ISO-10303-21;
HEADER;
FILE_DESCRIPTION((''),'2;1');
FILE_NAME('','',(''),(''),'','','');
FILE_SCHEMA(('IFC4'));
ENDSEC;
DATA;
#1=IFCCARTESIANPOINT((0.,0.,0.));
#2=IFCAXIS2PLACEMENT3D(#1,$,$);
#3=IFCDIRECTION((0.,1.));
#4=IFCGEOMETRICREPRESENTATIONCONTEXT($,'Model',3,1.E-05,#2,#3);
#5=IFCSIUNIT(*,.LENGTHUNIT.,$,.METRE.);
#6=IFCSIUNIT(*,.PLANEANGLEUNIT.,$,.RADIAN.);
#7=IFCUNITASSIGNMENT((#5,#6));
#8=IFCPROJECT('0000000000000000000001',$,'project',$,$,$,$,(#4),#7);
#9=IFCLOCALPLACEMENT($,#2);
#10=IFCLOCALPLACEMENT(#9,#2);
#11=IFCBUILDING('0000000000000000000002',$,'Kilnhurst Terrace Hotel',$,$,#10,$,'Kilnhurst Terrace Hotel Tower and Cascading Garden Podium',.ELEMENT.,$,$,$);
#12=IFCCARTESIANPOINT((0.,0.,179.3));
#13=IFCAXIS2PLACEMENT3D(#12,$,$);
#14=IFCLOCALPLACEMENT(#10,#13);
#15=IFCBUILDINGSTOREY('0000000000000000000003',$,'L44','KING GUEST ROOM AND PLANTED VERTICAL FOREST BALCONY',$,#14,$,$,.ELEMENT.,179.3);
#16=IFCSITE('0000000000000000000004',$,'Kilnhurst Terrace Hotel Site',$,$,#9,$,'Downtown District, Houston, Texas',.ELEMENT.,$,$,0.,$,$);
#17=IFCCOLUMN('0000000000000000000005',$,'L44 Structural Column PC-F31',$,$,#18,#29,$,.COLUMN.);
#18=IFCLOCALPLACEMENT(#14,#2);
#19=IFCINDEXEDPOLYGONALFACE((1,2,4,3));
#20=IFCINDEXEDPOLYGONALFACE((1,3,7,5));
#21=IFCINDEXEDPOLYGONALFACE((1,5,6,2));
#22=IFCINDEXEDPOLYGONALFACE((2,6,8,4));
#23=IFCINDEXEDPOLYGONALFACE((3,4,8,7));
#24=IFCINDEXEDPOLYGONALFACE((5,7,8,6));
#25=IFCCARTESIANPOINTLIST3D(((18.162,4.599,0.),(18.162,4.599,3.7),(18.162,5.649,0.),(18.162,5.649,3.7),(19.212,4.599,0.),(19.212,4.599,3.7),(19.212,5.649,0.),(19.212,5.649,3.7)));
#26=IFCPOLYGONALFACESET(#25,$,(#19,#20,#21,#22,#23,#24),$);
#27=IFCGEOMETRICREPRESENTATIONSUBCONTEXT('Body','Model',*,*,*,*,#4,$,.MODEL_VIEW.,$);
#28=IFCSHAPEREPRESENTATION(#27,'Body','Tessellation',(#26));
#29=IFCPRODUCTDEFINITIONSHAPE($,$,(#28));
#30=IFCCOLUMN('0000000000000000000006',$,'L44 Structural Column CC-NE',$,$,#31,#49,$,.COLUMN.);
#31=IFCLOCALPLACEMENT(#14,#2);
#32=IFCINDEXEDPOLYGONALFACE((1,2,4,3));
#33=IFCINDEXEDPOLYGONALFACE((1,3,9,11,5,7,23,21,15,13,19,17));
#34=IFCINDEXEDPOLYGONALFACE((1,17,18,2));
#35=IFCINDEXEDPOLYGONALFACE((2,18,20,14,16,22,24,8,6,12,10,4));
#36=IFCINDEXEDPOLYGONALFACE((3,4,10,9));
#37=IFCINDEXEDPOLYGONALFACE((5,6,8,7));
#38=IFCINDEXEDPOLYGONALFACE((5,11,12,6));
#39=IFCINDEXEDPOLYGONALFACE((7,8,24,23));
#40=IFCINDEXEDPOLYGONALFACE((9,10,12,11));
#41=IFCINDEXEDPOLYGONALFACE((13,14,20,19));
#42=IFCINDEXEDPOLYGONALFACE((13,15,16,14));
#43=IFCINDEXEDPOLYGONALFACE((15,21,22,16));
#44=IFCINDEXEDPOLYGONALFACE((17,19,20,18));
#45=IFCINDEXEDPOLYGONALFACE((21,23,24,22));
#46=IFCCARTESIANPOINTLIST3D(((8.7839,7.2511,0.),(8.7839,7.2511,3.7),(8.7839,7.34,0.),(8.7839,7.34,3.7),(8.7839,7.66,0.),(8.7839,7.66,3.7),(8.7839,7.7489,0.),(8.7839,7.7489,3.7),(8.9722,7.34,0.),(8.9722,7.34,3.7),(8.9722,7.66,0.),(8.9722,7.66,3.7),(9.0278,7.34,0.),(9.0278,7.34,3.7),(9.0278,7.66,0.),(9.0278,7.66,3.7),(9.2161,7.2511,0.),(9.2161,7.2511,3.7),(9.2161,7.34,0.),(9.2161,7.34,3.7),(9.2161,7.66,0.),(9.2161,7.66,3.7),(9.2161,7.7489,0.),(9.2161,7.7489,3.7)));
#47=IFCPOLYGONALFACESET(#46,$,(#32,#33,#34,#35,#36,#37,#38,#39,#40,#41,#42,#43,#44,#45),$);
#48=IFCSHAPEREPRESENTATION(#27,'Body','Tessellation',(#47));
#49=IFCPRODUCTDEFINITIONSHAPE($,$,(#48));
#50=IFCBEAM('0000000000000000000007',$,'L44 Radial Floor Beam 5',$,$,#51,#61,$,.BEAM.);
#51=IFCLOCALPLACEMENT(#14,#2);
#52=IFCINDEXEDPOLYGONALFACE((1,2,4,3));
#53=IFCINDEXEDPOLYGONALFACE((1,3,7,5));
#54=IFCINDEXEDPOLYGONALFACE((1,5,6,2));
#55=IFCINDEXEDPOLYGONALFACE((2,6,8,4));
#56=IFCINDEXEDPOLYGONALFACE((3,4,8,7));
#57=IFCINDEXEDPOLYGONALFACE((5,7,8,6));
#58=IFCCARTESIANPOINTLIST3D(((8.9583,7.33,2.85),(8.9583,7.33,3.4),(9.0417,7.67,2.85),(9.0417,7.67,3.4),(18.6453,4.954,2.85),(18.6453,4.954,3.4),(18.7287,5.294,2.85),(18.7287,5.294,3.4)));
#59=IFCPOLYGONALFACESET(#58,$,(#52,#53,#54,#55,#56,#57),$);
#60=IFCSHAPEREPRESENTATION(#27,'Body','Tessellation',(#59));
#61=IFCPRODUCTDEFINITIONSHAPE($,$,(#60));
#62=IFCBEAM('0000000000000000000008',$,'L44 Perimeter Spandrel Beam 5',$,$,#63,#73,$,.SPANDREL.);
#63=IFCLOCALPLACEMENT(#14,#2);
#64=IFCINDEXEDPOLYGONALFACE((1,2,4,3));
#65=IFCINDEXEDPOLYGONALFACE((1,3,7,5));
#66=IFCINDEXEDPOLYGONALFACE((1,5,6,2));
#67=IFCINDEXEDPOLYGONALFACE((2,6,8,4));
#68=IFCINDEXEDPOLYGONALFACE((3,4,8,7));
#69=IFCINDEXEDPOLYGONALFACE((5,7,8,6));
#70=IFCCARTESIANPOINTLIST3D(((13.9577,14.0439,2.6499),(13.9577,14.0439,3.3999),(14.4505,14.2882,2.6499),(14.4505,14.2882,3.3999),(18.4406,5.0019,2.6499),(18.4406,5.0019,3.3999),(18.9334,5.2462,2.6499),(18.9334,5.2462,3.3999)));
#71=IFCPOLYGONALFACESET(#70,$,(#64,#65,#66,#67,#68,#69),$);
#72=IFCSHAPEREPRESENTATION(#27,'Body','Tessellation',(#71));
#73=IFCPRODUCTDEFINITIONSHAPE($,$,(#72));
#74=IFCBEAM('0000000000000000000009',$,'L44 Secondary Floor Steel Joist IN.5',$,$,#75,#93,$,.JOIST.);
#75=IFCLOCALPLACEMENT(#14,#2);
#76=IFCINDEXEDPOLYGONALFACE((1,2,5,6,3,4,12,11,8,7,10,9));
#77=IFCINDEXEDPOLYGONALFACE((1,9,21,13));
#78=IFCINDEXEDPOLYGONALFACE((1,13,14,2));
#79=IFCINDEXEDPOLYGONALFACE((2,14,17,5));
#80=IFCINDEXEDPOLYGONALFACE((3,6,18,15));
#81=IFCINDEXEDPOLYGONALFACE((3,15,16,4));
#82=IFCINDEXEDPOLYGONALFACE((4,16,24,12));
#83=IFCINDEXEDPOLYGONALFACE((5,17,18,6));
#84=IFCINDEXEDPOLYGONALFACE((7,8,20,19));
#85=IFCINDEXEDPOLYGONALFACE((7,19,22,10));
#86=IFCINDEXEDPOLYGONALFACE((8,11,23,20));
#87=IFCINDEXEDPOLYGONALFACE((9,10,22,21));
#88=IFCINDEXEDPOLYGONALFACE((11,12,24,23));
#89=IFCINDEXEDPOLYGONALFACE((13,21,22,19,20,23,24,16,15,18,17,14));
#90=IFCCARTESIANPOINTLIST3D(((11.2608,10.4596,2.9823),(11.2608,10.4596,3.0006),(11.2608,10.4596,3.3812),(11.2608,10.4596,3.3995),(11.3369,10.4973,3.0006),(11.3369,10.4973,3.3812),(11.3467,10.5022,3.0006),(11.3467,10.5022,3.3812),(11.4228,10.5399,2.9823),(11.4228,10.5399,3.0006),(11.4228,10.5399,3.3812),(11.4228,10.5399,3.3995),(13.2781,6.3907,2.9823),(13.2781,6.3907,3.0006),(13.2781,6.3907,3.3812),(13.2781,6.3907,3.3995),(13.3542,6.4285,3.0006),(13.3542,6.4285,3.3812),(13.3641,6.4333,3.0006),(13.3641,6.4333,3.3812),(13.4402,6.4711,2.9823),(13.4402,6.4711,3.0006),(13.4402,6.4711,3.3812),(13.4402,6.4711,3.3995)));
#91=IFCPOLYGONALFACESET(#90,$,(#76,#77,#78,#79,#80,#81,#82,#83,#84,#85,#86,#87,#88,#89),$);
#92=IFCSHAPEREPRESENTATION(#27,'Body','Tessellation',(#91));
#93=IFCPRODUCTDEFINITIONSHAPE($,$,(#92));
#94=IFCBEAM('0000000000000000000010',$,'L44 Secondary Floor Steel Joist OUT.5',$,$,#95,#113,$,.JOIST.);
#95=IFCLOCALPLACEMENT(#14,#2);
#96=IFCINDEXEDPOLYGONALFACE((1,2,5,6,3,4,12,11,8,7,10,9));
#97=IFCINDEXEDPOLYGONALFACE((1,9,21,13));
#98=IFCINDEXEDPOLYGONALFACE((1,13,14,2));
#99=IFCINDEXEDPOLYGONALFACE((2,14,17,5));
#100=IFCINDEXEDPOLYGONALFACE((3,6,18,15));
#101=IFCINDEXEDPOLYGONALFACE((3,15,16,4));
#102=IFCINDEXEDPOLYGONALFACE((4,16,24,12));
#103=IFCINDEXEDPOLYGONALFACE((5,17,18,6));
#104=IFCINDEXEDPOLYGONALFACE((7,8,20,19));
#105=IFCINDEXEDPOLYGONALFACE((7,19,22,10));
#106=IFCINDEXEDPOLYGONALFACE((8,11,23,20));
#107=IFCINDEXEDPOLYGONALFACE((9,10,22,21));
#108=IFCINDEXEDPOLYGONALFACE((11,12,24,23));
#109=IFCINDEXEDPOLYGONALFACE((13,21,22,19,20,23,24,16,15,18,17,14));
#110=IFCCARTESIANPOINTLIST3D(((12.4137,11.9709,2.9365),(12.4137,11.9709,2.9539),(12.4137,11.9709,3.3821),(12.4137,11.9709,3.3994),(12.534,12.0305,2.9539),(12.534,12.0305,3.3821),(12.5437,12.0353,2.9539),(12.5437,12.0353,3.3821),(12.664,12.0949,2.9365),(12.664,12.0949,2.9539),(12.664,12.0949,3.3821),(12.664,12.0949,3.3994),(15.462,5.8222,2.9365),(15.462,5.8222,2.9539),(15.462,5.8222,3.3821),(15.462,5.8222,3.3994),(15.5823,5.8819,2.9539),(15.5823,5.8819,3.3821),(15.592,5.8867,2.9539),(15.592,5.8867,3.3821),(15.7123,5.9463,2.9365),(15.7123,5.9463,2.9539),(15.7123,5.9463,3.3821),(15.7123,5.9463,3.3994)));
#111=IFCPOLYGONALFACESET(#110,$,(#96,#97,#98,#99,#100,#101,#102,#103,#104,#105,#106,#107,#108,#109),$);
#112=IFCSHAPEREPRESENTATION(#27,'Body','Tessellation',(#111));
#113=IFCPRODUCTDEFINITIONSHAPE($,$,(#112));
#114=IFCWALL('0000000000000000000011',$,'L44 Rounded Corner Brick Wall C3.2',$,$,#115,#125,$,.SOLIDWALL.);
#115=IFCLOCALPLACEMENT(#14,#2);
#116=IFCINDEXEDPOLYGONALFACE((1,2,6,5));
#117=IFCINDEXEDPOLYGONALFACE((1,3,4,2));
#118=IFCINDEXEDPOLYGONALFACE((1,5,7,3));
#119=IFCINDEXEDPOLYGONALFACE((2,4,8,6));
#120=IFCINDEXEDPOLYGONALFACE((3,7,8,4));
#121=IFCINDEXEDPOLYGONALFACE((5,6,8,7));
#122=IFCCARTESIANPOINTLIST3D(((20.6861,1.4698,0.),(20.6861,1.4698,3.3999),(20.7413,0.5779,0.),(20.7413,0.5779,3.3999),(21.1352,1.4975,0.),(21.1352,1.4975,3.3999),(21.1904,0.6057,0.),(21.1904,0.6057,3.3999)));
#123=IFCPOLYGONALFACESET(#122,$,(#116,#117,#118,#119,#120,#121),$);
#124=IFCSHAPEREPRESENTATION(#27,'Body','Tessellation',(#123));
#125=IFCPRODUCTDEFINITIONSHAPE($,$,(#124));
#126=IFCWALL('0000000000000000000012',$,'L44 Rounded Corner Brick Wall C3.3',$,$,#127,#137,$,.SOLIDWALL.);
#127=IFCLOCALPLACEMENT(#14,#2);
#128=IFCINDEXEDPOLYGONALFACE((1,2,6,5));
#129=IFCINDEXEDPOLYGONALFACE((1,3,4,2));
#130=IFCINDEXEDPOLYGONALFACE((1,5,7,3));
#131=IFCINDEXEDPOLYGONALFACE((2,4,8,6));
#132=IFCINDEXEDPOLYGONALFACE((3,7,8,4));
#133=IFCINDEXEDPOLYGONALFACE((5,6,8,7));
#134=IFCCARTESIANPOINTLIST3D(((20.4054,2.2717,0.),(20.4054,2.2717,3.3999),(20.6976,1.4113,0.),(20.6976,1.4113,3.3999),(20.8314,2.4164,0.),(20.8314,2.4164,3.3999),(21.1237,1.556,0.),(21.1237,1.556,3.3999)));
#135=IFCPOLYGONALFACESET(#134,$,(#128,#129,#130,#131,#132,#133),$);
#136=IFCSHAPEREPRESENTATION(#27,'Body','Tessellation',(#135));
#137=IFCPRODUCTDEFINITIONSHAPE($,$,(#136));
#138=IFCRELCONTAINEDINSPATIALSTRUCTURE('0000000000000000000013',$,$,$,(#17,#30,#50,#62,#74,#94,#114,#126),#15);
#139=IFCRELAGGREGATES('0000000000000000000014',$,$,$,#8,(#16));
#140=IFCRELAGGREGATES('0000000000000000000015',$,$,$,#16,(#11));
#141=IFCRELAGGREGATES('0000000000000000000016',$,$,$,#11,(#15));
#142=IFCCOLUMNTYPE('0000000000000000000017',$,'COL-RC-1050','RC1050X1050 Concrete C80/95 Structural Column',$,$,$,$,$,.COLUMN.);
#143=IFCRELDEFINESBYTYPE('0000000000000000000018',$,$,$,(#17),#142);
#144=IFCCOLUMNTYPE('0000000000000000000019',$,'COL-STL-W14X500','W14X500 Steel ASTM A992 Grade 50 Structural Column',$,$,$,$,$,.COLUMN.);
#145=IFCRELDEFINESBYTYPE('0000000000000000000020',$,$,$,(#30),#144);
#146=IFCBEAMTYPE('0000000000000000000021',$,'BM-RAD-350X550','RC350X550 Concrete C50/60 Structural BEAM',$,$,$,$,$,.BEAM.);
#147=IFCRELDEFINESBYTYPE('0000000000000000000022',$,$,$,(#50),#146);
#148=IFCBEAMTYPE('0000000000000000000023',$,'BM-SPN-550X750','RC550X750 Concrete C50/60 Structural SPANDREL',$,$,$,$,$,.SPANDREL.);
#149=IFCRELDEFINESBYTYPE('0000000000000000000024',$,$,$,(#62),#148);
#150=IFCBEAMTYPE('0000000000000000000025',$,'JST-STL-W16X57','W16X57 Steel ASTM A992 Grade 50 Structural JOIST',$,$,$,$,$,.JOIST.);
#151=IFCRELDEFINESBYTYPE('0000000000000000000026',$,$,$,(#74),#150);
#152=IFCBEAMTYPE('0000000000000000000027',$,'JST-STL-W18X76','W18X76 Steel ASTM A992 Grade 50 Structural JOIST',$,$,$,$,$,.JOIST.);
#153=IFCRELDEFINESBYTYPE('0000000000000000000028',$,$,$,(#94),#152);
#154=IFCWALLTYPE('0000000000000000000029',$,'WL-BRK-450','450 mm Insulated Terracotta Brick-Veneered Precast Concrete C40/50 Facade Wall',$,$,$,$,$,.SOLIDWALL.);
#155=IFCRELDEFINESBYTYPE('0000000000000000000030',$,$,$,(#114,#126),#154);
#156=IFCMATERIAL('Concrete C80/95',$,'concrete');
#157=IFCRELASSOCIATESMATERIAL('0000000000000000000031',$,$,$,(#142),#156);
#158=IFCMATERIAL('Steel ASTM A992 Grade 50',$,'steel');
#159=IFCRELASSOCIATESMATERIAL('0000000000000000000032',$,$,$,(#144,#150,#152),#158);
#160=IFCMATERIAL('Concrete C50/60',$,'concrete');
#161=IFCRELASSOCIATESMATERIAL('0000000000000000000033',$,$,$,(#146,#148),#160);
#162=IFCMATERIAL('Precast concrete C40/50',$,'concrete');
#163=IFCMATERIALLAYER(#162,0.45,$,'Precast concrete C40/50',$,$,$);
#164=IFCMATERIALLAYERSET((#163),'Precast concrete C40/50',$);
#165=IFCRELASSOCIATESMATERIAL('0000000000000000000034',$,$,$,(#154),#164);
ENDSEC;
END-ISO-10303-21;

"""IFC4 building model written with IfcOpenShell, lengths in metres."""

from ifc_helpers import new_model, si_unit, direction, frame, frame_2d, origin, origin_2d, place, context, subcontext, project, spatial, rectangle, i_section, extrude, material, layer, layer_set, material_profile, profile_set, type_object, element, save


model = new_model("IFC4")

# Units and contexts
model_context = context("Model", 3, precision=1e-05, world=origin(), true_north=direction((0.0, 1.0)))
body_context = subcontext(model_context, "Body", "Model", "MODEL_VIEW")
ifc_project = project(units=[si_unit("LENGTHUNIT", "METRE"), si_unit("PLANEANGLEUNIT", "RADIAN")], contexts=[model_context])

# Site, building, storey
site_placement = place(None, origin())
site = spatial("IfcSite", under=ifc_project, at=site_placement, Name="Kilnhurst Terrace Hotel Site", LongName="Downtown District, Houston, Texas", CompositionType="ELEMENT", RefElevation=0.0)
building_placement = place(site_placement, origin())
building = spatial("IfcBuilding", under=site, at=building_placement, Name="Kilnhurst Terrace Hotel", LongName="Kilnhurst Terrace Hotel Tower and Cascading Garden Podium", CompositionType="ELEMENT")
storey_placement = place(building_placement, frame((0.0, 0.0, 179.3)))
storey = spatial("IfcBuildingStorey", under=building, at=storey_placement, Name="L44", Description="KING GUEST ROOM AND PLANTED VERTICAL FOREST BALCONY", CompositionType="ELEMENT", Elevation=179.3)

# Columns
ifc_material_1 = material(Name="Concrete C80/95", Category="concrete")
ifc_material_profile_1 = material_profile(ifc_material_1, rectangle(XDim=1.05, YDim=1.05, at=origin_2d()), Name="RC1050X1050")
ifc_profile_set_1 = profile_set([ifc_material_profile_1], Name="Concrete C80/95")
column_type_1 = type_object("IfcColumnType", Name="COL-RC-1050", Description="RC1050X1050 Concrete C80/95 Structural Column", PredefinedType="COLUMN", material=ifc_profile_set_1)
column_1_placement = place(storey_placement, frame((18.687, 5.124, 0.0), z_axis=(0.0, 0.0, 1.0), x_axis=(1.0, 0.0, 0.0)))
element("IfcColumn", 1, at=column_1_placement, inside=storey, type_object=column_type_1, Name="L44 Structural Column PC-F31", PredefinedType="COLUMN", context=body_context, shape_type="SweptSolid", body=[
    extrude(rectangle(XDim=1.05, YDim=1.05, at=origin_2d()), origin(), (0.0, 0.0, 1.0), 3.7),
])
ifc_material_2 = material(Name="Steel ASTM A992 Grade 50", Category="steel")
ifc_material_profile_2 = material_profile(ifc_material_2, i_section(OverallWidth=0.4321, OverallDepth=0.4978, WebThickness=0.0557, FlangeThickness=0.0889, at=origin_2d()), Name="W14X500")
ifc_profile_set_2 = profile_set([ifc_material_profile_2], Name="Steel ASTM A992 Grade 50")
column_type_2 = type_object("IfcColumnType", Name="COL-STL-W14X500", Description="W14X500 Steel ASTM A992 Grade 50 Structural Column", PredefinedType="COLUMN", material=ifc_profile_set_2)
column_2_placement = place(storey_placement, frame((9.0, 7.5, 0.0), z_axis=(0.0, 0.0, 1.0), x_axis=(1.0, 0.0, 0.0)))
element("IfcColumn", 2, at=column_2_placement, inside=storey, type_object=column_type_2, Name="L44 Structural Column CC-NE", PredefinedType="COLUMN", context=body_context, shape_type="SweptSolid", body=[
    extrude(i_section(OverallWidth=0.4321, OverallDepth=0.4978, WebThickness=0.0557, FlangeThickness=0.0889, at=origin_2d()), origin(), (0.0, 0.0, 1.0), 3.7),
])

# Beams
ifc_material_3 = material(Name="Concrete C50/60", Category="concrete")
ifc_material_profile_3 = material_profile(ifc_material_3, rectangle(XDim=0.3501, YDim=0.55, at=origin_2d()), Name="RC350X550")
ifc_profile_set_3 = profile_set([ifc_material_profile_3], Name="Concrete C50/60")
beam_type_1 = type_object("IfcBeamType", Name="BM-RAD-350X550", Description="RC350X550 Concrete C50/60 Structural BEAM", PredefinedType="BEAM", material=ifc_profile_set_3)
beam_1_placement = place(storey_placement, frame((9.0, 7.5, 3.125), z_axis=(0.971213, -0.238214, 0.0), x_axis=(0.238214, 0.971213, 0.0)))
element("IfcBeam", 3, at=beam_1_placement, inside=storey, type_object=beam_type_1, Name="L44 Radial Floor Beam 5", PredefinedType="BEAM", context=body_context, shape_type="SweptSolid", body=[
    extrude(rectangle(XDim=0.3501, YDim=0.55, at=origin_2d()), origin(), (0.0, 0.0, 1.0), 9.9741),
])
ifc_material_profile_4 = material_profile(ifc_material_3, rectangle(XDim=0.55, YDim=0.75, at=origin_2d()), Name="RC550X750")
ifc_profile_set_4 = profile_set([ifc_material_profile_4], Name="Concrete C50/60")
beam_type_2 = type_object("IfcBeamType", Name="BM-SPN-550X750", Description="RC550X750 Concrete C50/60 Structural SPANDREL", PredefinedType="SPANDREL", material=ifc_profile_set_4)
beam_2_placement = place(storey_placement, frame((18.687, 5.124, 3.0249), z_axis=(-0.444192, 0.895932, 0.0), x_axis=(-0.895932, -0.444192, 0.0)))
element("IfcBeam", 4, at=beam_2_placement, inside=storey, type_object=beam_type_2, Name="L44 Perimeter Spandrel Beam 5", PredefinedType="SPANDREL", context=body_context, shape_type="SweptSolid", body=[
    extrude(rectangle(XDim=0.55, YDim=0.75, at=origin_2d()), origin(), (0.0, 0.0, 1.0), 10.0923),
])
ifc_material_profile_5 = material_profile(ifc_material_2, i_section(OverallWidth=0.1809, OverallDepth=0.4172, WebThickness=0.011, FlangeThickness=0.0183, at=origin_2d()), Name="W16X57")
ifc_profile_set_5 = profile_set([ifc_material_profile_5], Name="Steel ASTM A992 Grade 50")
beam_type_3 = type_object("IfcBeamType", Name="JST-STL-W16X57", Description="W16X57 Steel ASTM A992 Grade 50 Structural JOIST", PredefinedType="JOIST", material=ifc_profile_set_5)
beam_3_placement = place(storey_placement, frame((13.3591, 6.4309, 3.1909), z_axis=(-0.444201, 0.895927, 0.0), x_axis=(-0.895927, -0.444201, 0.0)))
element("IfcBeam", 5, at=beam_3_placement, inside=storey, type_object=beam_type_3, Name="L44 Secondary Floor Steel Joist IN.5", PredefinedType="JOIST", context=body_context, shape_type="SweptSolid", body=[
    extrude(i_section(OverallWidth=0.1809, OverallDepth=0.4172, WebThickness=0.011, FlangeThickness=0.0183, at=origin_2d()), origin(), (0.0, 0.0, 1.0), 4.5415),
])
ifc_material_profile_6 = material_profile(ifc_material_2, i_section(OverallWidth=0.2793, OverallDepth=0.4629, WebThickness=0.0107, FlangeThickness=0.0173, at=origin_2d()), Name="W18X76")
ifc_profile_set_6 = profile_set([ifc_material_profile_6], Name="Steel ASTM A992 Grade 50")
beam_type_4 = type_object("IfcBeamType", Name="JST-STL-W18X76", Description="W18X76 Steel ASTM A992 Grade 50 Structural JOIST", PredefinedType="JOIST", material=ifc_profile_set_6)
beam_4_placement = place(storey_placement, frame((15.5872, 5.8843, 3.168), z_axis=(-0.44418, 0.895938, 0.0), x_axis=(-0.895938, -0.44418, 0.0)))
element("IfcBeam", 6, at=beam_4_placement, inside=storey, type_object=beam_type_4, Name="L44 Secondary Floor Steel Joist OUT.5", PredefinedType="JOIST", context=body_context, shape_type="SweptSolid", body=[
    extrude(i_section(OverallWidth=0.2793, OverallDepth=0.4629, WebThickness=0.0107, FlangeThickness=0.0173, at=origin_2d()), origin(), (0.0, 0.0, 1.0), 6.8628),
])

# Walls
ifc_material_4 = material(Name="Precast concrete C40/50", Category="concrete")
ifc_layer_1 = layer(ifc_material_4, 0.45, Name="Precast concrete C40/50")
ifc_layer_set_1 = layer_set([ifc_layer_1], Name="Precast concrete C40/50")
wall_type_1 = type_object("IfcWallType", Name="WL-BRK-450", Description="450 mm Insulated Terracotta Brick-Veneered Precast Concrete C40/50 Facade Wall", PredefinedType="SOLIDWALL", material=ifc_layer_set_1)
wall_1_placement = place(storey_placement, frame((20.9658, 0.5918, 0.0), z_axis=(0.0, 0.0, 1.0), x_axis=(-0.061749, 0.998092, 0.0)))
element("IfcWall", 7, at=wall_1_placement, inside=storey, type_object=wall_type_1, Name="L44 Rounded Corner Brick Wall C3.2", PredefinedType="SOLIDWALL", context=body_context, shape_type="SweptSolid", body=[
    extrude(rectangle(XDim=0.8936, YDim=0.45, at=frame_2d((0.4468, 0.0))), origin(), (0.0, 0.0, 1.0), 3.3999),
])
wall_2_placement = place(storey_placement, frame((20.9106, 1.4836, 0.0), z_axis=(0.0, 0.0, 1.0), x_axis=(-0.321623, 0.946868, 0.0)))
element("IfcWall", 8, at=wall_2_placement, inside=storey, type_object=wall_type_1, Name="L44 Rounded Corner Brick Wall C3.3", PredefinedType="SOLIDWALL", context=body_context, shape_type="SweptSolid", body=[
    extrude(rectangle(XDim=0.9087, YDim=0.45, at=frame_2d((0.4543, 0.0))), origin(), (0.0, 0.0, 1.0), 3.3999),
])

save(model, "model.ifc")
